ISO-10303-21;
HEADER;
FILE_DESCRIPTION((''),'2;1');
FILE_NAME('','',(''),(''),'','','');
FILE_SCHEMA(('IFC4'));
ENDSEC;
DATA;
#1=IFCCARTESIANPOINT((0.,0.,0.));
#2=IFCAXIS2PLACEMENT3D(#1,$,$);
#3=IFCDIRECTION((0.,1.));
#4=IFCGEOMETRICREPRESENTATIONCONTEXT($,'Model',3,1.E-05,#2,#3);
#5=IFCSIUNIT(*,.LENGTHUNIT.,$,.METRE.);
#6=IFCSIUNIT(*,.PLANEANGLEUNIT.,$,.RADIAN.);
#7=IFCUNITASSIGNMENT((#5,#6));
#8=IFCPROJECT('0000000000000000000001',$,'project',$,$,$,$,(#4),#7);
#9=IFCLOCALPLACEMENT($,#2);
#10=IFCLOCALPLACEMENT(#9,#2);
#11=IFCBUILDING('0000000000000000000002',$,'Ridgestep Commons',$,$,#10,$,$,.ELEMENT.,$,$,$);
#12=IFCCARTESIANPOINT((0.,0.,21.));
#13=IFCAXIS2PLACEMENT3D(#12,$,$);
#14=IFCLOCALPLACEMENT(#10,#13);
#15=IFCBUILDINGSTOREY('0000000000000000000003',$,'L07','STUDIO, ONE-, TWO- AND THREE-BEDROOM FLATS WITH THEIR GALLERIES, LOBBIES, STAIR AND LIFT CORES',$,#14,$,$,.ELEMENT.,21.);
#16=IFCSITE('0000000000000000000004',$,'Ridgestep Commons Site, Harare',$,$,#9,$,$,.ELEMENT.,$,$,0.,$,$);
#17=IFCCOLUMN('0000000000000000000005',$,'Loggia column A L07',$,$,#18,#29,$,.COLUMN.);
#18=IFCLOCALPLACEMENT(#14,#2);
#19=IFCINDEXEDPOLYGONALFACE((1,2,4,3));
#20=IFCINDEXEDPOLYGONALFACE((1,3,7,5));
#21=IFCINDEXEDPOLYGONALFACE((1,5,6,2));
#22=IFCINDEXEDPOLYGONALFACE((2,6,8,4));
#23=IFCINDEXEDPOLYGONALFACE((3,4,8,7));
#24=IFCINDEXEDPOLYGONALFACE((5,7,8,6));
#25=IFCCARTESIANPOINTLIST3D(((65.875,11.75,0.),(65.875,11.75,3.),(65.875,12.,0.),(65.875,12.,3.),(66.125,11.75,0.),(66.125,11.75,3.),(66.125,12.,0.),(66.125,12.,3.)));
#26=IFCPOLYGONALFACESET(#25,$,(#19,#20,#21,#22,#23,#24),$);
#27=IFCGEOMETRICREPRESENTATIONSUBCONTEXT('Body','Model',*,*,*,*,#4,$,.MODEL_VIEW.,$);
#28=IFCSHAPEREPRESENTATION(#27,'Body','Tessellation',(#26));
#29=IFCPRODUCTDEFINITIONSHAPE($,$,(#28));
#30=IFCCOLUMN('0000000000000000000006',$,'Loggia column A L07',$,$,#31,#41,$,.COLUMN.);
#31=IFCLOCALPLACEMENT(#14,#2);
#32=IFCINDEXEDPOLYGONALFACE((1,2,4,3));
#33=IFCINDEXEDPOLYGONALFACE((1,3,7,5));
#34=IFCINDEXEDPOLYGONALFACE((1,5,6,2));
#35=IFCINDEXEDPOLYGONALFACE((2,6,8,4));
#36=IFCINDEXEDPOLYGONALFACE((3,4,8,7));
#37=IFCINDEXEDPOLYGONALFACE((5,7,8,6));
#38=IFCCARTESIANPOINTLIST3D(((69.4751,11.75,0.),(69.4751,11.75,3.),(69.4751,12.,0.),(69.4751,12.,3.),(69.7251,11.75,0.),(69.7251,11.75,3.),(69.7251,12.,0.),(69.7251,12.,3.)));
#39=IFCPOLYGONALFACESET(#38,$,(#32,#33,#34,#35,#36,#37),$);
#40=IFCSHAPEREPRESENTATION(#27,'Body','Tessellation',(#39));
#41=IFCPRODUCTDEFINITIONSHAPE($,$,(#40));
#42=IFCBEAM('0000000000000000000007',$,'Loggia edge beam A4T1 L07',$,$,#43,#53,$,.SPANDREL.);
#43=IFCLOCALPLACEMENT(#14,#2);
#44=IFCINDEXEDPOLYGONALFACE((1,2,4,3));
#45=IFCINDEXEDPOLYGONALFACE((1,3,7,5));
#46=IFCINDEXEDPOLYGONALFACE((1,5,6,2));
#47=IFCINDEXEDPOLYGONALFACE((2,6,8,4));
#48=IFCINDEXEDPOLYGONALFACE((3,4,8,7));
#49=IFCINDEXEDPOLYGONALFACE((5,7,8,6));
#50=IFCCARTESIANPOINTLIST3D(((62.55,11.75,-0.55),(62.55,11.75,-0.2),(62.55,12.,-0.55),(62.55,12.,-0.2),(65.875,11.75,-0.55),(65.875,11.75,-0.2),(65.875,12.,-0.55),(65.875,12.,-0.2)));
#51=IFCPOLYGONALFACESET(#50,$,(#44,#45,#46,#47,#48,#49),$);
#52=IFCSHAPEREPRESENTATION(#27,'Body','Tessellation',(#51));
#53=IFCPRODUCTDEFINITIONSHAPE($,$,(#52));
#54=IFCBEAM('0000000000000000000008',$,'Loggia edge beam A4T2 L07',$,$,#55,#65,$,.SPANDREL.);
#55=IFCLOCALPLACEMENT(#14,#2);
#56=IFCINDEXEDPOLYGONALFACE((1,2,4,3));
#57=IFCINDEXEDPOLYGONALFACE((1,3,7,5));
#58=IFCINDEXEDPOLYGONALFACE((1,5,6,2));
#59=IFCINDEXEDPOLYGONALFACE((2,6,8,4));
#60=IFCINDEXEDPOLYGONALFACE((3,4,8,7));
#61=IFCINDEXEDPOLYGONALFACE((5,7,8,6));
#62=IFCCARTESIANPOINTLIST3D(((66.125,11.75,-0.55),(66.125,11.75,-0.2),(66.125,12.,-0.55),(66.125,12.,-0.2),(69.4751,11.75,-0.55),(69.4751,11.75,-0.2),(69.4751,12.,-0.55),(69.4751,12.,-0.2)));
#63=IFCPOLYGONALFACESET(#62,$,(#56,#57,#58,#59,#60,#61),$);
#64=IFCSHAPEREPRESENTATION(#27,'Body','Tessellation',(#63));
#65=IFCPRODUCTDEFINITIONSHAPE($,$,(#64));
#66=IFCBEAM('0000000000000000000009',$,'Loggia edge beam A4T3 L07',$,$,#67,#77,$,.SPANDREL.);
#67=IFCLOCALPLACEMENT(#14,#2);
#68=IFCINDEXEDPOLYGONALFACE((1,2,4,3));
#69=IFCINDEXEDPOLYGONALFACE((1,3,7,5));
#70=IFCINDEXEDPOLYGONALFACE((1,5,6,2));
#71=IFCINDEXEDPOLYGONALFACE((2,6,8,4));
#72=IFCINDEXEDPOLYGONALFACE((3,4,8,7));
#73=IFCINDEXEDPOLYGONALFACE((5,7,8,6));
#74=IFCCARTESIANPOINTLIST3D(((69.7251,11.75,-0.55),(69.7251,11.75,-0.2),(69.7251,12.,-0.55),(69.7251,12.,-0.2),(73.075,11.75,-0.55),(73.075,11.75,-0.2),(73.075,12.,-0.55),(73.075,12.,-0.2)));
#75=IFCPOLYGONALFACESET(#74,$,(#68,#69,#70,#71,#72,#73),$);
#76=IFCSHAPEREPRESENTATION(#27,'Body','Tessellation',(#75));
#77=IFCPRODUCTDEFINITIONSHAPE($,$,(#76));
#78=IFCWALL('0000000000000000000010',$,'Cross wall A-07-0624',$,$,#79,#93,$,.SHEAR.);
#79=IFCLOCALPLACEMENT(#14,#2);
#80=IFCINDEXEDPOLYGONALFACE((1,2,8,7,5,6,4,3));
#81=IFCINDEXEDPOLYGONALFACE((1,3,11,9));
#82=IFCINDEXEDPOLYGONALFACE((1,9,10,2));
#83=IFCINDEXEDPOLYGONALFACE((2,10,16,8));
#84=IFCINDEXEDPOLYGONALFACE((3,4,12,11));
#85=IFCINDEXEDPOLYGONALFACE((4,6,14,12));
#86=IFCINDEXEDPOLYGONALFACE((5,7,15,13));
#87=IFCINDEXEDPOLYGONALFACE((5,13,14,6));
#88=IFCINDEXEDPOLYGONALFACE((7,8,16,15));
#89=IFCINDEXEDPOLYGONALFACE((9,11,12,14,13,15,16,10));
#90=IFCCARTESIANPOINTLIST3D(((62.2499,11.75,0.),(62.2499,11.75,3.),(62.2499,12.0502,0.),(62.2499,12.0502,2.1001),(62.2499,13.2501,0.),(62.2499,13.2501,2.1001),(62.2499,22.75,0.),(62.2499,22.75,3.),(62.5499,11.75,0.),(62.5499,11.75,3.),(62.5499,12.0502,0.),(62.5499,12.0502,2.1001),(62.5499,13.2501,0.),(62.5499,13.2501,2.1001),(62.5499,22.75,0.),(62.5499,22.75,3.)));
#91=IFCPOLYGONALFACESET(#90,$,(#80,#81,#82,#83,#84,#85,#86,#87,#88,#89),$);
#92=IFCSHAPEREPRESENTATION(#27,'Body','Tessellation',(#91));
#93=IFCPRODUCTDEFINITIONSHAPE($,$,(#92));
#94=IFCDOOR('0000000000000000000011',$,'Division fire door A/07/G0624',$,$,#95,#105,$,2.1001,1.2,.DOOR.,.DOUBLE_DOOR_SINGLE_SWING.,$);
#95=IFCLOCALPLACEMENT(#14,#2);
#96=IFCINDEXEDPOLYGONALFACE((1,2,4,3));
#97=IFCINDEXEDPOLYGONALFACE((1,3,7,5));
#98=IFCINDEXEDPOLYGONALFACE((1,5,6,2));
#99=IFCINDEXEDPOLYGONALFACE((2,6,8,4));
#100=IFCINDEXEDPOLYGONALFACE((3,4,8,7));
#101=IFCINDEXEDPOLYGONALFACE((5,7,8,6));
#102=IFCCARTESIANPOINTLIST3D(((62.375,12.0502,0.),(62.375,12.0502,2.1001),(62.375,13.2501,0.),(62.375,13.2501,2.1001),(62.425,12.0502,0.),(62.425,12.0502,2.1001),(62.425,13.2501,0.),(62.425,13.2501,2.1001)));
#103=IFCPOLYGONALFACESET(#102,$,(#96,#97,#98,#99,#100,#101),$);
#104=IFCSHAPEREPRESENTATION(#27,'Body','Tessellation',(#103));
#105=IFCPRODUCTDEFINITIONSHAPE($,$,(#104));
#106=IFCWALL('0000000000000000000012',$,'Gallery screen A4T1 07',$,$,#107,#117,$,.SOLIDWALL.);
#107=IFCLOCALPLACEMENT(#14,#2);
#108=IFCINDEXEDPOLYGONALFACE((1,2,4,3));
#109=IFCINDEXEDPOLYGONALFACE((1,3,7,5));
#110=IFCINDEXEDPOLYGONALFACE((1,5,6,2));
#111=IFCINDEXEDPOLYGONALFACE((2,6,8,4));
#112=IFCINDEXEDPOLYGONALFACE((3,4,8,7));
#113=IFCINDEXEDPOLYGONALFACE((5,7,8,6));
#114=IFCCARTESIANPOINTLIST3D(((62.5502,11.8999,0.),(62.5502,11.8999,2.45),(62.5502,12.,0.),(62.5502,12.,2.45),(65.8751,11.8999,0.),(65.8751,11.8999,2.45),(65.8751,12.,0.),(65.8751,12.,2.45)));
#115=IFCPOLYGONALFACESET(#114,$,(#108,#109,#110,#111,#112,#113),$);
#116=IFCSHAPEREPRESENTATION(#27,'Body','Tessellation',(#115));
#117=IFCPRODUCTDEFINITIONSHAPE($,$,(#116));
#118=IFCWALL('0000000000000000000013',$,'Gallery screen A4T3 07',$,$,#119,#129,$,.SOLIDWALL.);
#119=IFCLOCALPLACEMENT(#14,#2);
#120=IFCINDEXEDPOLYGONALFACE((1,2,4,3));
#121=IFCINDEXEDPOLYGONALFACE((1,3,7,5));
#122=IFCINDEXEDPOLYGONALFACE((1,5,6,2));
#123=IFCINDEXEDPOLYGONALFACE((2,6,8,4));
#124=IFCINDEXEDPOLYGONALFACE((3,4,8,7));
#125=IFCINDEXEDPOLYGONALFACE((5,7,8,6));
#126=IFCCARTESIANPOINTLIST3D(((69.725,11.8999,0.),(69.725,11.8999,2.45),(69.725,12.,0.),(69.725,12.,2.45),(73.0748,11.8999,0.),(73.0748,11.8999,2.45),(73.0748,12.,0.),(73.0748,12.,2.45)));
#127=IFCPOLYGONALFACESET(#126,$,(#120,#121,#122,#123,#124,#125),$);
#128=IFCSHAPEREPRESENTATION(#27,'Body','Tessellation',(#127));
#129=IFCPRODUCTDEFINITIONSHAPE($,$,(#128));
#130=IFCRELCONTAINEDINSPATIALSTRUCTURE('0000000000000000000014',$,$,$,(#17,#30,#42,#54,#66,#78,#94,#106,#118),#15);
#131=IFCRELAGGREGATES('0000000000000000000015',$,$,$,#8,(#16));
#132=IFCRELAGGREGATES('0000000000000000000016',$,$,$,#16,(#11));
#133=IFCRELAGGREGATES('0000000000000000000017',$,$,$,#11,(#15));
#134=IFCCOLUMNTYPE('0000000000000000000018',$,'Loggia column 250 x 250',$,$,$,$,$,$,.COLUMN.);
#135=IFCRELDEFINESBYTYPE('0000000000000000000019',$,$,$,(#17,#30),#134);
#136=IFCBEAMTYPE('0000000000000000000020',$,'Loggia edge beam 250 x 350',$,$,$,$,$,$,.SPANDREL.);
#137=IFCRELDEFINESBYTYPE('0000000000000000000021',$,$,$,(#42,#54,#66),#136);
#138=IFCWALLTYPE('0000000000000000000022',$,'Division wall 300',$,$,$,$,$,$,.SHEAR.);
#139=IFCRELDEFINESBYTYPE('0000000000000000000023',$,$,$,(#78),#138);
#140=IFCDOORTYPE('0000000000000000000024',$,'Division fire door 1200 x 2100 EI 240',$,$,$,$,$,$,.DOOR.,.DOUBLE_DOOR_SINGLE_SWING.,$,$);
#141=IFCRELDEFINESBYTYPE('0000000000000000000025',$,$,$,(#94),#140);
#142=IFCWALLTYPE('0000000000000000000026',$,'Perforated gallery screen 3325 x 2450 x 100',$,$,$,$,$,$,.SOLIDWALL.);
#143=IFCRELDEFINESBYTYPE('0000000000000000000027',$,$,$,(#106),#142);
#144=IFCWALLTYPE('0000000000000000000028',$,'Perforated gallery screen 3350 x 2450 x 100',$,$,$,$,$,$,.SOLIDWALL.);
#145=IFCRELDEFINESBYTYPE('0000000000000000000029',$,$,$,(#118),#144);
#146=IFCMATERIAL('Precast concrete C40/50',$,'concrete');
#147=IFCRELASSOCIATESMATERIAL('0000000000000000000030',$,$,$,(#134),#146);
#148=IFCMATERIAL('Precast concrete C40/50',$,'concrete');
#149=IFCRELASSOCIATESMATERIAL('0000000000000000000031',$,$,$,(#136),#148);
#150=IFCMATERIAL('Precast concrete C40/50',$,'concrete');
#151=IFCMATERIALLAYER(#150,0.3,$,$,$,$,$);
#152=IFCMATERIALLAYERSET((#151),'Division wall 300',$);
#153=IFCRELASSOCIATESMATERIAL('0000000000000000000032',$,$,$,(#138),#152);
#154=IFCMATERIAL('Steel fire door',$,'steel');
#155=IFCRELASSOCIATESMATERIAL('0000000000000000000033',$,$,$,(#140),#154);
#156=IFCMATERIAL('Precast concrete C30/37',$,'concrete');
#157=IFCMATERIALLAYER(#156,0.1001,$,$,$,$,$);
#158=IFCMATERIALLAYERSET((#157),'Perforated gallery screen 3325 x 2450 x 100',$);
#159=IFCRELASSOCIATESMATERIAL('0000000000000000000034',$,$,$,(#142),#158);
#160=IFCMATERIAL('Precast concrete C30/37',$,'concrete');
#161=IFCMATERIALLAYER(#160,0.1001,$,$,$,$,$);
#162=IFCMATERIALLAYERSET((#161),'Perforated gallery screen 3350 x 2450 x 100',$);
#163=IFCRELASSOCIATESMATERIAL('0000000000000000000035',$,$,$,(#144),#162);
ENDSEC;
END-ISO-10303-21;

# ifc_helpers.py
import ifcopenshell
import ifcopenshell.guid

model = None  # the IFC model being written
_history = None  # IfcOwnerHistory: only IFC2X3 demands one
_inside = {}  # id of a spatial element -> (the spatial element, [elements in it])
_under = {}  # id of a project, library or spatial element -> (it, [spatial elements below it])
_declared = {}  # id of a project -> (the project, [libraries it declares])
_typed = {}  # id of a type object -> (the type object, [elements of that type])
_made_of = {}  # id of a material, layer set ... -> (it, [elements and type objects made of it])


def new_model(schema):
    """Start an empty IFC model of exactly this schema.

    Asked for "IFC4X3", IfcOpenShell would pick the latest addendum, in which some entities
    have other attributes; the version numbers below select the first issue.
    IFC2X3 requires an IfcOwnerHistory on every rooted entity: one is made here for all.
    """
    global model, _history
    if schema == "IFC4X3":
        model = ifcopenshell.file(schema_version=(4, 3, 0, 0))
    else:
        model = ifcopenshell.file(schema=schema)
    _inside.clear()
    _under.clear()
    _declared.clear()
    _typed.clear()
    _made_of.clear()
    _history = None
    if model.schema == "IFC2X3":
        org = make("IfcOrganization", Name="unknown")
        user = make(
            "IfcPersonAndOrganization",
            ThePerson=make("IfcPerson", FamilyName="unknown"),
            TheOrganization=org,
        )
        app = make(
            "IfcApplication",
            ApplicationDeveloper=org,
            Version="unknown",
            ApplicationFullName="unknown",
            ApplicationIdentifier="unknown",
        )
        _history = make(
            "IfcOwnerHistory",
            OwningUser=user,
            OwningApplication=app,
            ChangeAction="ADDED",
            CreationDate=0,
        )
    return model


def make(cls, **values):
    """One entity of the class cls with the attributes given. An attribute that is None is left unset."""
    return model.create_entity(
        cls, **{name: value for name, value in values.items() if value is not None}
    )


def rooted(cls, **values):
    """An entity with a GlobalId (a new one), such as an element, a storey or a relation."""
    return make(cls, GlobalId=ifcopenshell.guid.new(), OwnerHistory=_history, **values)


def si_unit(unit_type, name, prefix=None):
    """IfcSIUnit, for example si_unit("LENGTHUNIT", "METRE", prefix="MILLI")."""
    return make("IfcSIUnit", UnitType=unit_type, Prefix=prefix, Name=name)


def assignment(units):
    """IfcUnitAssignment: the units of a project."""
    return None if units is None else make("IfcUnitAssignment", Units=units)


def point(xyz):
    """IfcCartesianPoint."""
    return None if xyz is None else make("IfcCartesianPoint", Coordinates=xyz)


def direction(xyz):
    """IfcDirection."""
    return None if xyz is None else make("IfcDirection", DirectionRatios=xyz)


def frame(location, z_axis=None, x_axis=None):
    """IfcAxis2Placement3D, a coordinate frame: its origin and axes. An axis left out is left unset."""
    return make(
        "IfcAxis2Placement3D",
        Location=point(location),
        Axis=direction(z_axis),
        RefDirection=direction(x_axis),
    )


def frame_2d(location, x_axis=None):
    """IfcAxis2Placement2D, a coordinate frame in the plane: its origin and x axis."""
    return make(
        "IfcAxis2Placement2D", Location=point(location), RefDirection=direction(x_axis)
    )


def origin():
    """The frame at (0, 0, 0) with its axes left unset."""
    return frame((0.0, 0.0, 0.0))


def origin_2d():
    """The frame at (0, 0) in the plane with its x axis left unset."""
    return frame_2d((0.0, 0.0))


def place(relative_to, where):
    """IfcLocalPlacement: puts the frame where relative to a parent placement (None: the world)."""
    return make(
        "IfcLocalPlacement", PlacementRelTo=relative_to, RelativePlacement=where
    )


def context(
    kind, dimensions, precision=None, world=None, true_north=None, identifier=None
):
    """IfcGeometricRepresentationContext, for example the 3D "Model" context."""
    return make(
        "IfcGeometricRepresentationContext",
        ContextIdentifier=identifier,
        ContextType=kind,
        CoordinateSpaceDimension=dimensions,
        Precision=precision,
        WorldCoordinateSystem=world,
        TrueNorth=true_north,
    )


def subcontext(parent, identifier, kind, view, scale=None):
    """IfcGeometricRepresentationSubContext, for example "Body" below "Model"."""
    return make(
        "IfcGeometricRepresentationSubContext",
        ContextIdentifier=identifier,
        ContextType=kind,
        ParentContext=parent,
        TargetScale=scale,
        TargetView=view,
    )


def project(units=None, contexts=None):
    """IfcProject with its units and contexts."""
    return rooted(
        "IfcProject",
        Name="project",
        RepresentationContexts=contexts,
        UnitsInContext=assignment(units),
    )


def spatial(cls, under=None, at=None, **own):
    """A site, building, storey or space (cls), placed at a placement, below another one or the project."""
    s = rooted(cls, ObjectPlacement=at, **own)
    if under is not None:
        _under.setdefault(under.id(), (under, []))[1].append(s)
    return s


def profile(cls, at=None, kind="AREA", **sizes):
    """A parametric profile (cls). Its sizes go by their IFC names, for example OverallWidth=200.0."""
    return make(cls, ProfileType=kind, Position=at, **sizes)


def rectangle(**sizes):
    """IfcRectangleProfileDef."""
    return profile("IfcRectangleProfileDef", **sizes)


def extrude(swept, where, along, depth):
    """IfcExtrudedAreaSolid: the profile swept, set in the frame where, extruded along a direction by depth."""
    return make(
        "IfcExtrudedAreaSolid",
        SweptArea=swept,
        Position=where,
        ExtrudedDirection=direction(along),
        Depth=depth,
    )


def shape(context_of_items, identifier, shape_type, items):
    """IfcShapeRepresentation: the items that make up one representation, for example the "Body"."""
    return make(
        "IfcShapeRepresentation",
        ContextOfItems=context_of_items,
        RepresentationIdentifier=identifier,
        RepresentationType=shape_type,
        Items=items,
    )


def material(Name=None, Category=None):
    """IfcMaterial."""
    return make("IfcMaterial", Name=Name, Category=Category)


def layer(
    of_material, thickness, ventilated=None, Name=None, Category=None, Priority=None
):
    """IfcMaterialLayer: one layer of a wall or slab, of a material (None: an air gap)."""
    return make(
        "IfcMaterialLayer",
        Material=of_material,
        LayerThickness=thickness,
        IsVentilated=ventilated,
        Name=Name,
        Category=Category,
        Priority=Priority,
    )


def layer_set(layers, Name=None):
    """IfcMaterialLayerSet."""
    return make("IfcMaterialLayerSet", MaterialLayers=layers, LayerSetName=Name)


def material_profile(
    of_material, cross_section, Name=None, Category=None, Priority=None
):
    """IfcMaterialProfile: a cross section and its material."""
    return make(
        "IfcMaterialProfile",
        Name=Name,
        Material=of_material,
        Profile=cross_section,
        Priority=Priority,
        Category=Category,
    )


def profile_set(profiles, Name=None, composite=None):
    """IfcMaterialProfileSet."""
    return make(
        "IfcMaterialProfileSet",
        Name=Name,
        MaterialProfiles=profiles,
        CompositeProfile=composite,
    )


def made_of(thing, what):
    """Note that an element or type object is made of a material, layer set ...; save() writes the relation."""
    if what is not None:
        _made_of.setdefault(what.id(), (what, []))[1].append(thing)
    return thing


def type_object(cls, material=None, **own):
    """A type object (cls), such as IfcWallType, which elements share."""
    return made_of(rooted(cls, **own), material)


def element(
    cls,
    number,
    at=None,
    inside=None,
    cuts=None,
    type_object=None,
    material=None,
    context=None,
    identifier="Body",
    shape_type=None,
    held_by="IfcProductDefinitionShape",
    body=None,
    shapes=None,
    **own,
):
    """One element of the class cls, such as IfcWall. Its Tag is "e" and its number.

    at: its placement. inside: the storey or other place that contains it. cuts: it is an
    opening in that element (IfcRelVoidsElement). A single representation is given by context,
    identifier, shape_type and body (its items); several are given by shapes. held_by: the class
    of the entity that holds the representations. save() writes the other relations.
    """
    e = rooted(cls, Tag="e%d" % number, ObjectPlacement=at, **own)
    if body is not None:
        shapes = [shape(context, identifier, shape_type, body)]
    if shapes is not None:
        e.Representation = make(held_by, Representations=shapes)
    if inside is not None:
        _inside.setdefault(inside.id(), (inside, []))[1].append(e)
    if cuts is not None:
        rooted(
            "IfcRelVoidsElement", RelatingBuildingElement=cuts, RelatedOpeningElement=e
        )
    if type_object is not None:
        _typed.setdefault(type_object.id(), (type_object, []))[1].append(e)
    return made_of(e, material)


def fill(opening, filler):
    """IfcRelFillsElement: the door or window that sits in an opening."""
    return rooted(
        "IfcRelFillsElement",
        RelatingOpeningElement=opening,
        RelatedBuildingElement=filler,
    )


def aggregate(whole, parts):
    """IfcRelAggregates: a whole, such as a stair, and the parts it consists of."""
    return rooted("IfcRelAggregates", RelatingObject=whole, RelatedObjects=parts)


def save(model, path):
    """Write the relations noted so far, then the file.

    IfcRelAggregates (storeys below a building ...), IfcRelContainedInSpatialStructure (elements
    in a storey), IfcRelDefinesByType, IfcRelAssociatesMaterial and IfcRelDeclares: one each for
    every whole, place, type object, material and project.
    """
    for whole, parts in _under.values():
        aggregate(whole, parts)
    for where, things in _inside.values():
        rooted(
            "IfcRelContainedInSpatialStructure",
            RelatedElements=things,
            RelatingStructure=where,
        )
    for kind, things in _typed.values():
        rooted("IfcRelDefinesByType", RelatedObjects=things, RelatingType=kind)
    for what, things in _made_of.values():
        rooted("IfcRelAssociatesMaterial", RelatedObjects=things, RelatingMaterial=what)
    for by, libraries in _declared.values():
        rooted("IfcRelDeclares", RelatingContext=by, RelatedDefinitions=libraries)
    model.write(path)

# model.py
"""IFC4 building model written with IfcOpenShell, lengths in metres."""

from ifc_helpers import new_model, si_unit, direction, frame, frame_2d, origin, origin_2d, place, context, subcontext, project, spatial, rectangle, extrude, material, layer, layer_set, material_profile, profile_set, type_object, element, fill, save


model = new_model("IFC4")

# Units and contexts
model_context = context("Model", 3, precision=1e-05, world=origin(), true_north=direction((0.0, 1.0)))
body_context = subcontext(model_context, "Body", "Model", "MODEL_VIEW")
ifc_project = project(units=[si_unit("LENGTHUNIT", "METRE"), si_unit("PLANEANGLEUNIT", "RADIAN")], contexts=[model_context])

# Site, building, storey
site_placement = place(None, origin())
site = spatial("IfcSite", under=ifc_project, at=site_placement, Name="Ridgestep Commons Site, Harare", CompositionType="ELEMENT", RefElevation=0.0)
building_placement = place(site_placement, origin())
building = spatial("IfcBuilding", under=site, at=building_placement, Name="Ridgestep Commons", CompositionType="ELEMENT")
storey_placement = place(building_placement, frame((0.0, 0.0, 21.0)))
storey = spatial("IfcBuildingStorey", under=building, at=storey_placement, Name="L07", Description="STUDIO, ONE-, TWO- AND THREE-BEDROOM FLATS WITH THEIR GALLERIES, LOBBIES, STAIR AND LIFT CORES", CompositionType="ELEMENT", Elevation=21.0)

# Columns
ifc_material_1 = material(Name="Precast concrete C40/50", Category="concrete")
ifc_material_profile_1 = material_profile(ifc_material_1, rectangle(XDim=0.25, YDim=0.25, at=origin_2d()), Name="PC 250x250")
ifc_profile_set_1 = profile_set([ifc_material_profile_1], Name="Precast concrete C40/50")
column_type = type_object("IfcColumnType", Name="Loggia column 250 x 250", PredefinedType="COLUMN", material=ifc_profile_set_1)
for number, where, z_axis, x_axis, name in (
    (1, (66.0, 11.875, 0.0), (0.0, 0.0, 1.0), (1.0, 0.0, 0.0), "Loggia column A L07"),
    (2, (69.6001, 11.875, 0.0), (0.0, 0.0, 1.0), (1.0, 0.0, 0.0), "Loggia column A L07"),
):
    element("IfcColumn", number, at=place(storey_placement, frame(where, z_axis=z_axis, x_axis=x_axis)), inside=storey, type_object=column_type, Name=name, PredefinedType="COLUMN", context=body_context, shape_type="SweptSolid", body=[
        extrude(rectangle(XDim=0.25, YDim=0.25, at=origin_2d()), origin(), (0.0, 0.0, 1.0), 3.0),
    ])

# Beams
ifc_material_2 = material(Name="Precast concrete C40/50", Category="concrete")
ifc_material_profile_2 = material_profile(ifc_material_2, rectangle(XDim=0.25, YDim=0.3501, at=origin_2d()), Name="PC 250x350")
ifc_profile_set_2 = profile_set([ifc_material_profile_2], Name="Precast concrete C40/50")
beam_type = type_object("IfcBeamType", Name="Loggia edge beam 250 x 350", PredefinedType="SPANDREL", material=ifc_profile_set_2)
beam_1_placement = place(storey_placement, frame((62.55, 11.875, -0.375), z_axis=(1.0, 0.0, 0.0), x_axis=(0.0, 1.0, 0.0)))
element("IfcBeam", 3, at=beam_1_placement, inside=storey, type_object=beam_type, Name="Loggia edge beam A4T1 L07", PredefinedType="SPANDREL", context=body_context, shape_type="SweptSolid", body=[
    extrude(rectangle(XDim=0.25, YDim=0.3501, at=origin_2d()), origin(), (0.0, 0.0, 1.0), 3.325),
])
beam_2_placement = place(storey_placement, frame((66.125, 11.875, -0.375), z_axis=(1.0, 0.0, 0.0), x_axis=(0.0, 1.0, 0.0)))
element("IfcBeam", 4, at=beam_2_placement, inside=storey, type_object=beam_type, Name="Loggia edge beam A4T2 L07", PredefinedType="SPANDREL", context=body_context, shape_type="SweptSolid", body=[
    extrude(rectangle(XDim=0.25, YDim=0.3501, at=origin_2d()), origin(), (0.0, 0.0, 1.0), 3.3501),
])
beam_3_placement = place(storey_placement, frame((69.7251, 11.875, -0.375), z_axis=(1.0, 0.0, 0.0), x_axis=(0.0, 1.0, 0.0)))
element("IfcBeam", 5, at=beam_3_placement, inside=storey, type_object=beam_type, Name="Loggia edge beam A4T3 L07", PredefinedType="SPANDREL", context=body_context, shape_type="SweptSolid", body=[
    extrude(rectangle(XDim=0.25, YDim=0.3501, at=origin_2d()), origin(), (0.0, 0.0, 1.0), 3.3499),
])

# Wall, opening, door
ifc_material_3 = material(Name="Precast concrete C40/50", Category="concrete")
ifc_layer_1 = layer(ifc_material_3, 0.3)
ifc_layer_set_1 = layer_set([ifc_layer_1], Name="Division wall 300")
wall_type_1 = type_object("IfcWallType", Name="Division wall 300", PredefinedType="SHEAR", material=ifc_layer_set_1)
wall_1_placement = place(storey_placement, frame((62.3999, 11.75, 0.0), z_axis=(0.0, 0.0, 1.0), x_axis=(0.0, 1.0, 0.0)))
wall_1 = element("IfcWall", 6, at=wall_1_placement, inside=storey, type_object=wall_type_1, Name="Cross wall A-07-0624", PredefinedType="SHEAR", context=body_context, shape_type="SweptSolid", body=[
    extrude(rectangle(XDim=11.0, YDim=0.3, at=frame_2d((5.5, 0.0))), origin(), (0.0, 0.0, 1.0), 3.0),
])
opening_1_placement = place(wall_1_placement, frame((0.3, 0.0, 0.0)))
opening_1 = element("IfcOpeningElement", 7, at=opening_1_placement, cuts=wall_1, PredefinedType="OPENING", context=body_context, shape_type="SweptSolid", body=[
    extrude(rectangle(XDim=1.2, YDim=2.1001, at=frame_2d((0.6001, 1.05))), frame((0.0, 0.1599, 0.0), z_axis=(0.0, -1.0, 0.0), x_axis=(1.0, 0.0, 0.0)), (0.0, 0.0, 1.0), 0.3201),
])
ifc_material_4 = material(Name="Steel fire door", Category="steel")
door_type_1 = type_object("IfcDoorType", Name="Division fire door 1200 x 2100 EI 240", OperationType="DOUBLE_DOOR_SINGLE_SWING", PredefinedType="DOOR", material=ifc_material_4)
door_1_placement = place(opening_1_placement, origin())
door_1 = element("IfcDoor", 8, at=door_1_placement, inside=storey, type_object=door_type_1, Name="Division fire door A/07/G0624", OperationType="DOUBLE_DOOR_SINGLE_SWING", OverallHeight=2.1001, OverallWidth=1.2, PredefinedType="DOOR", context=body_context, shape_type="SweptSolid", body=[
    extrude(rectangle(XDim=1.2, YDim=2.1001, at=frame_2d((0.6001, 1.05))), frame((0.0, 0.0249, 0.0), z_axis=(0.0, -1.0, 0.0), x_axis=(1.0, 0.0, 0.0)), (0.0, 0.0, 1.0), 0.05),
])
fill(opening_1, door_1)

# Walls
ifc_material_5 = material(Name="Precast concrete C30/37", Category="concrete")
ifc_layer_2 = layer(ifc_material_5, 0.1001)
ifc_layer_set_2 = layer_set([ifc_layer_2], Name="Perforated gallery screen 3325 x 2450 x 100")
wall_type_2 = type_object("IfcWallType", Name="Perforated gallery screen 3325 x 2450 x 100", PredefinedType="SOLIDWALL", material=ifc_layer_set_2)
wall_2_placement = place(storey_placement, frame((62.55, 11.95, 0.0), z_axis=(0.0, 0.0, 1.0), x_axis=(1.0, 0.0, 0.0)))
element("IfcWall", 9, at=wall_2_placement, inside=storey, type_object=wall_type_2, Name="Gallery screen A4T1 07", PredefinedType="SOLIDWALL", context=body_context, shape_type="SweptSolid", body=[
    extrude(rectangle(XDim=3.325, YDim=0.1001, at=frame_2d((1.6626, 0.0))), origin(), (0.0, 0.0, 1.0), 2.45),
])
ifc_material_6 = material(Name="Precast concrete C30/37", Category="concrete")
ifc_layer_3 = layer(ifc_material_6, 0.1001)
ifc_layer_set_3 = layer_set([ifc_layer_3], Name="Perforated gallery screen 3350 x 2450 x 100")
wall_type_3 = type_object("IfcWallType", Name="Perforated gallery screen 3350 x 2450 x 100", PredefinedType="SOLIDWALL", material=ifc_layer_set_3)
wall_3_placement = place(storey_placement, frame((69.7251, 11.95, 0.0), z_axis=(0.0, 0.0, 1.0), x_axis=(1.0, 0.0, 0.0)))
element("IfcWall", 10, at=wall_3_placement, inside=storey, type_object=wall_type_3, Name="Gallery screen A4T3 07", PredefinedType="SOLIDWALL", context=body_context, shape_type="SweptSolid", body=[
    extrude(rectangle(XDim=3.3499, YDim=0.1001, at=frame_2d((1.6748, 0.0))), origin(), (0.0, 0.0, 1.0), 2.45),
])

save(model, "model.ifc")
